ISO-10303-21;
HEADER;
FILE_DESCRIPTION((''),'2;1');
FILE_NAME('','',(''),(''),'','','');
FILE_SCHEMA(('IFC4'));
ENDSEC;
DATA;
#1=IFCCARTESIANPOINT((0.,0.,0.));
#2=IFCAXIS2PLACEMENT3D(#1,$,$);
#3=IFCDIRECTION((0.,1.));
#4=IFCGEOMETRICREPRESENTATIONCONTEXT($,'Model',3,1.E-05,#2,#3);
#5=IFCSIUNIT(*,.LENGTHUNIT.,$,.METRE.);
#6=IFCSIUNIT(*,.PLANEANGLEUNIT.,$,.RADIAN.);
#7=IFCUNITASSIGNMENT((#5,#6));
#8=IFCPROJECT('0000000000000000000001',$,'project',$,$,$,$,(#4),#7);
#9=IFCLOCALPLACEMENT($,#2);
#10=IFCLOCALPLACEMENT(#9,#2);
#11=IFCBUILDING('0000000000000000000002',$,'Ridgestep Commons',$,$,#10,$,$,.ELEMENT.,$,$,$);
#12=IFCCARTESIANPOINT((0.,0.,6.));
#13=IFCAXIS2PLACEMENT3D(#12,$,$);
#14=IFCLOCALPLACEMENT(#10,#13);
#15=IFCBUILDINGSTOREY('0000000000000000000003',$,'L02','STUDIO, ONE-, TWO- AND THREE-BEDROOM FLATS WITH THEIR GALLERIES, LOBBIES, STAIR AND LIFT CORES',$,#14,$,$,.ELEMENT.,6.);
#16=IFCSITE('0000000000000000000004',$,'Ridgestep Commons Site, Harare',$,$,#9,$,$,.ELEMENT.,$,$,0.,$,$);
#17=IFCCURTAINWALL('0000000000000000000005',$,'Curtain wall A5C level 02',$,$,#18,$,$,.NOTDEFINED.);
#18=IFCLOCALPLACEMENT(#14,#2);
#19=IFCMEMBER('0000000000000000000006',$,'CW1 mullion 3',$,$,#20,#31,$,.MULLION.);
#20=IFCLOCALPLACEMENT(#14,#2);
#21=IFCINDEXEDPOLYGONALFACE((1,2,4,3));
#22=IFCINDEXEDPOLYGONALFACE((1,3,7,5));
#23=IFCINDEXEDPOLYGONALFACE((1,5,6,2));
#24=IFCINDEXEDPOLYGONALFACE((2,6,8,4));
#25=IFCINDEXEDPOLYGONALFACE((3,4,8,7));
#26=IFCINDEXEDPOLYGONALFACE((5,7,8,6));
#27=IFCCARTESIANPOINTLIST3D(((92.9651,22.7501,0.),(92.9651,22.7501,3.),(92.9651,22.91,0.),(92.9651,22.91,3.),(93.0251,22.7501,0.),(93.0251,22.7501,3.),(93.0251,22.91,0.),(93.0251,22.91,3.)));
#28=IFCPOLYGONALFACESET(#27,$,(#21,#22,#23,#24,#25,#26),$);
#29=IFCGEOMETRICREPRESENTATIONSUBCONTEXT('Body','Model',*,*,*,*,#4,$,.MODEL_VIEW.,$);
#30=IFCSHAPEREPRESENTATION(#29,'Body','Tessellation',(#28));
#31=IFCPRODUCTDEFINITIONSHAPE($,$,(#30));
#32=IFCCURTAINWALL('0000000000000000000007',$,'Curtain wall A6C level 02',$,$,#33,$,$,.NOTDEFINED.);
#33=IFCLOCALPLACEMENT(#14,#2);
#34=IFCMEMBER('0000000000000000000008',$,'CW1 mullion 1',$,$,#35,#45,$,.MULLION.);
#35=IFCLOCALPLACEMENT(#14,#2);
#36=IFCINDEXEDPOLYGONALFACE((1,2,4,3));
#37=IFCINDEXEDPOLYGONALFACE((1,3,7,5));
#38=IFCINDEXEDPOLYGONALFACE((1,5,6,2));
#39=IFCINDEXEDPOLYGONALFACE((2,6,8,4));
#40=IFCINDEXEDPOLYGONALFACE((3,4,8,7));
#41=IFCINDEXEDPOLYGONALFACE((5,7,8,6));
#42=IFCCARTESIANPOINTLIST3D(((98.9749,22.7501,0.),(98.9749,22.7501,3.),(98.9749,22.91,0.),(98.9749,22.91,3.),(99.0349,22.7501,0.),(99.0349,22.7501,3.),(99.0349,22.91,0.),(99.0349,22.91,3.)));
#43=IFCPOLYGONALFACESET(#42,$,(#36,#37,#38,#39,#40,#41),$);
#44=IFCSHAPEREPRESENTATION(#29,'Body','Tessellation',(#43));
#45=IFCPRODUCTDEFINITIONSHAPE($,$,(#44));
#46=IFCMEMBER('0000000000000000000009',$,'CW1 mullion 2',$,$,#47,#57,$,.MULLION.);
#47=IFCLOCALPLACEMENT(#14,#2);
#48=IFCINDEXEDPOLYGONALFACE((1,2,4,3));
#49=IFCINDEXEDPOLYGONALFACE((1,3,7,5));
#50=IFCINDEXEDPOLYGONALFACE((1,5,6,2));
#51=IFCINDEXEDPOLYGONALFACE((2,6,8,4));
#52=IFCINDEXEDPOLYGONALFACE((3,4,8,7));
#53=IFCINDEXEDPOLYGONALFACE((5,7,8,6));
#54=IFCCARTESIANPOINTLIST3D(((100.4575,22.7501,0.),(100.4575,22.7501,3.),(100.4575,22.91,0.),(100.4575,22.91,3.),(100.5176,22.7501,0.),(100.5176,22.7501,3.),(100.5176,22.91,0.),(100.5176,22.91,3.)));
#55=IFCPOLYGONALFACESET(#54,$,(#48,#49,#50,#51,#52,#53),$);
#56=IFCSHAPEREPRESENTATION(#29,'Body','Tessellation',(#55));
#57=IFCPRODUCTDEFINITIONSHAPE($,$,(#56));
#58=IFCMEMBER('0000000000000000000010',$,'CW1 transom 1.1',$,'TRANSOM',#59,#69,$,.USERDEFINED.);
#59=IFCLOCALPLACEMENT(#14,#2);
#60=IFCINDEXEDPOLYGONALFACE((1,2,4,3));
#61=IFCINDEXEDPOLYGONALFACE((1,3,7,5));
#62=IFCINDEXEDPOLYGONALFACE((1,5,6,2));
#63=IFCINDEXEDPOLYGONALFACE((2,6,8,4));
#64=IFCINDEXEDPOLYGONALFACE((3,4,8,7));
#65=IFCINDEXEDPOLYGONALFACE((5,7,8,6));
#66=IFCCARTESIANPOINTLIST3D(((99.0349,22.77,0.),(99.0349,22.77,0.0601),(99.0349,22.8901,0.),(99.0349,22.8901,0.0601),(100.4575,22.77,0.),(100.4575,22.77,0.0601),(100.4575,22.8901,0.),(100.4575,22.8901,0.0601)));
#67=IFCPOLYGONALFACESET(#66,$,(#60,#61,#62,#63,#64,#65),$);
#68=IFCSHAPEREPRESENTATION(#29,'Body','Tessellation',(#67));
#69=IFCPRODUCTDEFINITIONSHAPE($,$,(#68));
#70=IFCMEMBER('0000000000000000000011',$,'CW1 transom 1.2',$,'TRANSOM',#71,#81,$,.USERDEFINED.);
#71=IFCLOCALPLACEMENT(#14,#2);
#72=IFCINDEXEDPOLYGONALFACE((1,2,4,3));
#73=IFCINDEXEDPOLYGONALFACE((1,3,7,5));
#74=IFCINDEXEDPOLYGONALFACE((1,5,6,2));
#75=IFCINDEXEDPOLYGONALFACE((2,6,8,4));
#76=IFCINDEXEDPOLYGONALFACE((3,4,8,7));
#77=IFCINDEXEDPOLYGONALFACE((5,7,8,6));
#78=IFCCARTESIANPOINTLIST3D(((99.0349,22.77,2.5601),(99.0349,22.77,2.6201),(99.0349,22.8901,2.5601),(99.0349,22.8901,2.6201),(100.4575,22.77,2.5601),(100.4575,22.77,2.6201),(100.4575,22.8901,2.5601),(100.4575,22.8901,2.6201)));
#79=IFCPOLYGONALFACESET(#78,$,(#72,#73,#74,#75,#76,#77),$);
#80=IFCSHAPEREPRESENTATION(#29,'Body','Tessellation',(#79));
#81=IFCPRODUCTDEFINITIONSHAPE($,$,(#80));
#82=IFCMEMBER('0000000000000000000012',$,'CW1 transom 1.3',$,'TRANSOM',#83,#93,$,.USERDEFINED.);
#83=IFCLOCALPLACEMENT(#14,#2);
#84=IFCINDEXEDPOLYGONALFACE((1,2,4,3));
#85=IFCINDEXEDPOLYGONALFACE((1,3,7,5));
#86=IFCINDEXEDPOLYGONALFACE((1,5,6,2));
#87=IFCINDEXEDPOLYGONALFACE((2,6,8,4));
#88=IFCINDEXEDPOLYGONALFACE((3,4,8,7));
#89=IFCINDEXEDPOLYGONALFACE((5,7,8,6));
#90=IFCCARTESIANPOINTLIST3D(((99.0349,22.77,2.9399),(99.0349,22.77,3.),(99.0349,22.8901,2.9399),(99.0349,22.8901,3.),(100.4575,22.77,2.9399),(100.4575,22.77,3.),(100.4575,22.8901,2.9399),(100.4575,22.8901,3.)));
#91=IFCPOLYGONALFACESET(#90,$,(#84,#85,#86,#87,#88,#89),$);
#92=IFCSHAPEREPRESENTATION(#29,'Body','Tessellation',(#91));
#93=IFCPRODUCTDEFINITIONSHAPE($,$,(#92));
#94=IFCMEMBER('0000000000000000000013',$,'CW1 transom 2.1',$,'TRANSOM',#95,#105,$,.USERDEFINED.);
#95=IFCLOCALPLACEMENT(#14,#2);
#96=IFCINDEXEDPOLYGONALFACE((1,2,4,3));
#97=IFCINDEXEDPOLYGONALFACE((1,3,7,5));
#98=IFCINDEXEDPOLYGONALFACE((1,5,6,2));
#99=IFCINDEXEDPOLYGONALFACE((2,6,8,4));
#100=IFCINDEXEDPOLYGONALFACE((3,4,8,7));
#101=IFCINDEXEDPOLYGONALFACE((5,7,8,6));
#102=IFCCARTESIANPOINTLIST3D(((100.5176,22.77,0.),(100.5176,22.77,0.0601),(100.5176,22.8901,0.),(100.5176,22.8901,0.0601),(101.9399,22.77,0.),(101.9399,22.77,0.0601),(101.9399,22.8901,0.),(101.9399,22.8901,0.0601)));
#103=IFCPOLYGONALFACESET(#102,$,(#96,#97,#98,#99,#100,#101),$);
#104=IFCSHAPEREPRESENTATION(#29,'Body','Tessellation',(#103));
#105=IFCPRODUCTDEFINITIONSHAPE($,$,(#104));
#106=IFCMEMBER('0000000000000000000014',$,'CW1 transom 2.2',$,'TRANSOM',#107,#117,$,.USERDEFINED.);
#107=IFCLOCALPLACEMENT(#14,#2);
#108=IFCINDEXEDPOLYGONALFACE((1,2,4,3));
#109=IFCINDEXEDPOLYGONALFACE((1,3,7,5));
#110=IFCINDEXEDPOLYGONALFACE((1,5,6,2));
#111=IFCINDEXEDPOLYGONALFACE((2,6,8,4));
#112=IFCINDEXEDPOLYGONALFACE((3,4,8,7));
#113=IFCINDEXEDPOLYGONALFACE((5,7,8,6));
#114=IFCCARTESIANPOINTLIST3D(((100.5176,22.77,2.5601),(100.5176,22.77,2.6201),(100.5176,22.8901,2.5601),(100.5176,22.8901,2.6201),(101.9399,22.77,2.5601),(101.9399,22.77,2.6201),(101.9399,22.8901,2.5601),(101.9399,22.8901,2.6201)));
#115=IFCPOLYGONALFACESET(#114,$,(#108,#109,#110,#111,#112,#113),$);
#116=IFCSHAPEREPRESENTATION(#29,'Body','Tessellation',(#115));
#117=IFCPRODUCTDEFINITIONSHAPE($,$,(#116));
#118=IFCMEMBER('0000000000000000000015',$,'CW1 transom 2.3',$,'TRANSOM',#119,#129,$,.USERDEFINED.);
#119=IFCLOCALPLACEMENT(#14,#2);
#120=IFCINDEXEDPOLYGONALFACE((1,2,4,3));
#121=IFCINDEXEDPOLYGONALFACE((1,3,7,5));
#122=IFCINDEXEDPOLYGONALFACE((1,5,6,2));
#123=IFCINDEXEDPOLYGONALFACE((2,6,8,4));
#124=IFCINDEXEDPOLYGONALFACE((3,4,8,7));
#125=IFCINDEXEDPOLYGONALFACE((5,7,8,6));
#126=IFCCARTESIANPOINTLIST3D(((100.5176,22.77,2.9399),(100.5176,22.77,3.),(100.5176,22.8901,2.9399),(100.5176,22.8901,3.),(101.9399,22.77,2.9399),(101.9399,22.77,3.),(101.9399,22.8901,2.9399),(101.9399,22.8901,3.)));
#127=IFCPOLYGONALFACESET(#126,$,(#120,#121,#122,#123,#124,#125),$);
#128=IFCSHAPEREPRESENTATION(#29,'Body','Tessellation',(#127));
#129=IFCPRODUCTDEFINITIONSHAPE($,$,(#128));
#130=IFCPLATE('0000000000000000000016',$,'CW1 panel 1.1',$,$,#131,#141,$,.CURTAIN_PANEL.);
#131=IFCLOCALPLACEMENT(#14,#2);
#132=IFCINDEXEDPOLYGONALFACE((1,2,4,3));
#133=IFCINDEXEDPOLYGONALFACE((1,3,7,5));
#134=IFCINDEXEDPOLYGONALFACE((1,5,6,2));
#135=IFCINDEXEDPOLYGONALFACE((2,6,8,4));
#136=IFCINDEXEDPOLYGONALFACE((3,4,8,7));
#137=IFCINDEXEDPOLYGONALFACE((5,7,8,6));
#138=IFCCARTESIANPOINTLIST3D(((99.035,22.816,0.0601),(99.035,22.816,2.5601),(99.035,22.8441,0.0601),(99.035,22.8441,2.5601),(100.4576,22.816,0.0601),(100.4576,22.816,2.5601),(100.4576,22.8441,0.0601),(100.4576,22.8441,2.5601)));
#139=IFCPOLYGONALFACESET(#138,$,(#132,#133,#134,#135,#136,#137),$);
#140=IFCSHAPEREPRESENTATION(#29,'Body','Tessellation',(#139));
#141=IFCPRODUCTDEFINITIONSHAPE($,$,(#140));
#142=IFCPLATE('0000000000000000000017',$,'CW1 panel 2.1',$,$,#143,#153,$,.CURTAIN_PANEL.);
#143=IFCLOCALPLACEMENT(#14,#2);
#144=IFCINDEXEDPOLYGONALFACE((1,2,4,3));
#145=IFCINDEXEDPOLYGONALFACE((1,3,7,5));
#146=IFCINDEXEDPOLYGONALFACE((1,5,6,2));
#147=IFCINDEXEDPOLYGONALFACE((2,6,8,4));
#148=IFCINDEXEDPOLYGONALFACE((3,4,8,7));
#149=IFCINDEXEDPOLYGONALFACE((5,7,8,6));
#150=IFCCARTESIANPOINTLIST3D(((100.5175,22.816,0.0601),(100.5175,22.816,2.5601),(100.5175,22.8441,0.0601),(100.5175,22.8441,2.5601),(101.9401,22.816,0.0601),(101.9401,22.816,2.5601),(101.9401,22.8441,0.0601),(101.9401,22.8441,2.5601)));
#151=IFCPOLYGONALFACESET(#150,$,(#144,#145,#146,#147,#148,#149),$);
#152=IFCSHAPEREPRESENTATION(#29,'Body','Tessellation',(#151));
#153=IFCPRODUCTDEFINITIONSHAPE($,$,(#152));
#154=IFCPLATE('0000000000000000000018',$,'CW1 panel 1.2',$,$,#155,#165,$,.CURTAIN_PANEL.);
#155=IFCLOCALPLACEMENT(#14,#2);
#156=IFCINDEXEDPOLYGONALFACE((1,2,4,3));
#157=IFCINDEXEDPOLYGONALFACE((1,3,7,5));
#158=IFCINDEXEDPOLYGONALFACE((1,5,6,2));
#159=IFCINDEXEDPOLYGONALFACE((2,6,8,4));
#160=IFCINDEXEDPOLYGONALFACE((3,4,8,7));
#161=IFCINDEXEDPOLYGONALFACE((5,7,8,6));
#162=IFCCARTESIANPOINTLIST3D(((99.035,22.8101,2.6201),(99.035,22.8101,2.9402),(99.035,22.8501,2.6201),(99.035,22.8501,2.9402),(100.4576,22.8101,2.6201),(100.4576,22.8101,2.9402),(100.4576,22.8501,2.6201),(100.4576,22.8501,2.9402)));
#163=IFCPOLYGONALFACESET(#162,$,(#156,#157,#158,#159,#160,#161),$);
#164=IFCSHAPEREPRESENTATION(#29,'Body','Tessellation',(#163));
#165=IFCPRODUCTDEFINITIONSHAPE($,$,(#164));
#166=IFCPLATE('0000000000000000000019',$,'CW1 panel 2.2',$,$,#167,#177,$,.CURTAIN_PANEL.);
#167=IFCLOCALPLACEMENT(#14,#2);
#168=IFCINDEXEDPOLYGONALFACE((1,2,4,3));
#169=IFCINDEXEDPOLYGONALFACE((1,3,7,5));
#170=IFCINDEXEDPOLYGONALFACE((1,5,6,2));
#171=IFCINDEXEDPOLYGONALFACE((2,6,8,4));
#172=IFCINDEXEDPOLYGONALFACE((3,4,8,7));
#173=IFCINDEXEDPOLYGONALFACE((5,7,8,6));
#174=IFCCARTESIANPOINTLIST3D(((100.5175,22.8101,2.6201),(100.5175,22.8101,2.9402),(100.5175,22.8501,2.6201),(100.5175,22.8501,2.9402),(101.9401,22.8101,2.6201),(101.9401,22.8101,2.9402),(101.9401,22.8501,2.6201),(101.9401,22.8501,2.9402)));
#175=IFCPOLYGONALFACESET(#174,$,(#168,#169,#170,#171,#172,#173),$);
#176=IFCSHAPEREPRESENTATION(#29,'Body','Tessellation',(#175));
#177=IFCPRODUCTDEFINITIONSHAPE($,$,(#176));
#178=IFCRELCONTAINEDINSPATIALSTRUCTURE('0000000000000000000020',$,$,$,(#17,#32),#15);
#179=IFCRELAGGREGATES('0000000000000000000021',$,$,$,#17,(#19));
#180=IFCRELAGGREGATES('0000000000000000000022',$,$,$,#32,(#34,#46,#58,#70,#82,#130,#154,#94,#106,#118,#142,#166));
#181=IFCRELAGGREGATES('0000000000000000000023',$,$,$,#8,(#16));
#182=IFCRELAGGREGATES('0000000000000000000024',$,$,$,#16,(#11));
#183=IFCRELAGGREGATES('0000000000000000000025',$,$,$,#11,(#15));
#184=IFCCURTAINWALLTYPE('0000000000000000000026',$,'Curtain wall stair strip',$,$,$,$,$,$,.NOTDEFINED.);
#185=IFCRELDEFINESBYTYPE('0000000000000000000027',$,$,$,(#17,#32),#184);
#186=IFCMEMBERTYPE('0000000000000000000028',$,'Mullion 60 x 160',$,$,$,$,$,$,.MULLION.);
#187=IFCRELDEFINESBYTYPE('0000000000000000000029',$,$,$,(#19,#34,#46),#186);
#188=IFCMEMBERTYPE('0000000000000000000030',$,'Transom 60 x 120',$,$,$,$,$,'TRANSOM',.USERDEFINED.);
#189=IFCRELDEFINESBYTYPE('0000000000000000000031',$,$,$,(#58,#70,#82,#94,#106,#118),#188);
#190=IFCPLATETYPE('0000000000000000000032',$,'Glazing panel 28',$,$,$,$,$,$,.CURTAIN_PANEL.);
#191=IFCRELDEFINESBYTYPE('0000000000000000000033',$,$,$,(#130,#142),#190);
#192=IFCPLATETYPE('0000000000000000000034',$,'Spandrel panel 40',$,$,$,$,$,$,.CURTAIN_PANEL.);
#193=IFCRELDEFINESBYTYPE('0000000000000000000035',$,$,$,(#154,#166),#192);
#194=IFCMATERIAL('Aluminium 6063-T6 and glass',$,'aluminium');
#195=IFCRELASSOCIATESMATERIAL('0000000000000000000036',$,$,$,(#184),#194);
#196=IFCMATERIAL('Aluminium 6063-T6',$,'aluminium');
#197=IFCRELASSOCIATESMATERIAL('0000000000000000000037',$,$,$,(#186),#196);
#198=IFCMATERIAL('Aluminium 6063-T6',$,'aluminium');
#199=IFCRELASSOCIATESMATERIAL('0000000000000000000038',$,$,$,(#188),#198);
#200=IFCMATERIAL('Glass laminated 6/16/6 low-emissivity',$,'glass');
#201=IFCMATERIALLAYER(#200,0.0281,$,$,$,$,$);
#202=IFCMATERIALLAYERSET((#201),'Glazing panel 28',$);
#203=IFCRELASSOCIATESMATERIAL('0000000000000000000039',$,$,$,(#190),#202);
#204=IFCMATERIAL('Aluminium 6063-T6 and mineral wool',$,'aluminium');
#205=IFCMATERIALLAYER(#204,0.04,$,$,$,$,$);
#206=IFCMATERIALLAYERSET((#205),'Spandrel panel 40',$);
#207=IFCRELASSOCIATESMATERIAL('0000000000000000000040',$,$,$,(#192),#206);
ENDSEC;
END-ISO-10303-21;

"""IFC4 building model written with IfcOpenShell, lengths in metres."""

from ifc_helpers import new_model, si_unit, direction, frame, origin, origin_2d, place, context, subcontext, project, spatial, rectangle, extrude, material, layer, layer_set, material_profile, profile_set, type_object, element, aggregate, save


model = new_model("IFC4")

# Units and contexts
model_context = context("Model", 3, precision=1e-05, world=origin(), true_north=direction((0.0, 1.0)))
body_context = subcontext(model_context, "Body", "Model", "MODEL_VIEW")
ifc_project = project(units=[si_unit("LENGTHUNIT", "METRE"), si_unit("PLANEANGLEUNIT", "RADIAN")], contexts=[model_context])

# Site, building, storey
site_placement = place(None, origin())
site = spatial("IfcSite", under=ifc_project, at=site_placement, Name="Ridgestep Commons Site, Harare", CompositionType="ELEMENT", RefElevation=0.0)
building_placement = place(site_placement, origin())
building = spatial("IfcBuilding", under=site, at=building_placement, Name="Ridgestep Commons", CompositionType="ELEMENT")
storey_placement = place(building_placement, frame((0.0, 0.0, 6.0)))
storey = spatial("IfcBuildingStorey", under=building, at=storey_placement, Name="L02", Description="STUDIO, ONE-, TWO- AND THREE-BEDROOM FLATS WITH THEIR GALLERIES, LOBBIES, STAIR AND LIFT CORES", CompositionType="ELEMENT", Elevation=6.0)

# Curtain wall, member
ifc_material_1 = material(Name="Aluminium 6063-T6 and glass", Category="aluminium")
curtain_wall_type = type_object("IfcCurtainWallType", Name="Curtain wall stair strip", PredefinedType="NOTDEFINED", material=ifc_material_1)
curtain_wall_1_placement = place(storey_placement, origin())
curtain_wall_1 = element("IfcCurtainWall", 1, at=curtain_wall_1_placement, inside=storey, type_object=curtain_wall_type, Name="Curtain wall A5C level 02", PredefinedType="NOTDEFINED")
ifc_material_2 = material(Name="Aluminium 6063-T6", Category="aluminium")
ifc_material_profile_1 = material_profile(ifc_material_2, rectangle(XDim=0.1599, YDim=0.0601, at=origin_2d()), Name="Mullion 60 x 160")
ifc_profile_set_1 = profile_set([ifc_material_profile_1], Name="Aluminium 6063-T6")
member_type_1 = type_object("IfcMemberType", Name="Mullion 60 x 160", PredefinedType="MULLION", material=ifc_profile_set_1)
member_1_placement = place(storey_placement, frame((92.9951, 22.8301, 0.0), z_axis=(0.0, 0.0, 1.0), x_axis=(0.0, 1.0, 0.0)))
member_1 = element("IfcMember", 2, at=member_1_placement, type_object=member_type_1, Name="CW1 mullion 3", PredefinedType="MULLION", context=body_context, shape_type="SweptSolid", body=[
    extrude(rectangle(XDim=0.1599, YDim=0.0601, at=origin_2d()), origin(), (0.0, 0.0, 1.0), 3.0),
])
aggregate(curtain_wall_1, [member_1])

# Curtain wall, members, plates
curtain_wall_2_placement = place(storey_placement, origin())
curtain_wall_2 = element("IfcCurtainWall", 3, at=curtain_wall_2_placement, inside=storey, type_object=curtain_wall_type, Name="Curtain wall A6C level 02", PredefinedType="NOTDEFINED")
member_2_placement = place(storey_placement, frame((99.0049, 22.8301, 0.0), z_axis=(0.0, 0.0, 1.0), x_axis=(0.0, 1.0, 0.0)))
member_2 = element("IfcMember", 4, at=member_2_placement, type_object=member_type_1, Name="CW1 mullion 1", PredefinedType="MULLION", context=body_context, shape_type="SweptSolid", body=[
    extrude(rectangle(XDim=0.1599, YDim=0.0601, at=origin_2d()), origin(), (0.0, 0.0, 1.0), 3.0),
])
member_3_placement = place(storey_placement, frame((100.4875, 22.8301, 0.0), z_axis=(0.0, 0.0, 1.0), x_axis=(0.0, 1.0, 0.0)))
member_3 = element("IfcMember", 5, at=member_3_placement, type_object=member_type_1, Name="CW1 mullion 2", PredefinedType="MULLION", context=body_context, shape_type="SweptSolid", body=[
    extrude(rectangle(XDim=0.1599, YDim=0.0601, at=origin_2d()), origin(), (0.0, 0.0, 1.0), 3.0),
])
ifc_material_3 = material(Name="Aluminium 6063-T6", Category="aluminium")
ifc_material_profile_2 = material_profile(ifc_material_3, rectangle(XDim=0.1201, YDim=0.0601, at=origin_2d()), Name="Transom 60 x 120")
ifc_profile_set_2 = profile_set([ifc_material_profile_2], Name="Aluminium 6063-T6")
member_type_2 = type_object("IfcMemberType", Name="Transom 60 x 120", ElementType="TRANSOM", PredefinedType="USERDEFINED", material=ifc_profile_set_2)
member_4_placement = place(storey_placement, frame((99.0349, 22.8301, 0.03), z_axis=(1.0, 0.0, 0.0), x_axis=(0.0, 1.0, 0.0)))
member_4 = element("IfcMember", 6, at=member_4_placement, type_object=member_type_2, Name="CW1 transom 1.1", ObjectType="TRANSOM", PredefinedType="USERDEFINED", context=body_context, shape_type="SweptSolid", body=[
    extrude(rectangle(XDim=0.1201, YDim=0.0601, at=origin_2d()), origin(), (0.0, 0.0, 1.0), 1.4226),
])
member_5_placement = place(storey_placement, frame((99.0349, 22.8301, 2.5901), z_axis=(1.0, 0.0, 0.0), x_axis=(0.0, 1.0, 0.0)))
member_5 = element("IfcMember", 7, at=member_5_placement, type_object=member_type_2, Name="CW1 transom 1.2", ObjectType="TRANSOM", PredefinedType="USERDEFINED", context=body_context, shape_type="SweptSolid", body=[
    extrude(rectangle(XDim=0.1201, YDim=0.0601, at=origin_2d()), origin(), (0.0, 0.0, 1.0), 1.4226),
])
member_6_placement = place(storey_placement, frame((99.0349, 22.8301, 2.97), z_axis=(1.0, 0.0, 0.0), x_axis=(0.0, 1.0, 0.0)))
member_6 = element("IfcMember", 8, at=member_6_placement, type_object=member_type_2, Name="CW1 transom 1.3", ObjectType="TRANSOM", PredefinedType="USERDEFINED", context=body_context, shape_type="SweptSolid", body=[
    extrude(rectangle(XDim=0.1201, YDim=0.0601, at=origin_2d()), origin(), (0.0, 0.0, 1.0), 1.4226),
])
member_7_placement = place(storey_placement, frame((100.5176, 22.8301, 0.03), z_axis=(1.0, 0.0, 0.0), x_axis=(0.0, 1.0, 0.0)))
member_7 = element("IfcMember", 9, at=member_7_placement, type_object=member_type_2, Name="CW1 transom 2.1", ObjectType="TRANSOM", PredefinedType="USERDEFINED", context=body_context, shape_type="SweptSolid", body=[
    extrude(rectangle(XDim=0.1201, YDim=0.0601, at=origin_2d()), origin(), (0.0, 0.0, 1.0), 1.4224),
])
member_8_placement = place(storey_placement, frame((100.5176, 22.8301, 2.5901), z_axis=(1.0, 0.0, 0.0), x_axis=(0.0, 1.0, 0.0)))
member_8 = element("IfcMember", 10, at=member_8_placement, type_object=member_type_2, Name="CW1 transom 2.2", ObjectType="TRANSOM", PredefinedType="USERDEFINED", context=body_context, shape_type="SweptSolid", body=[
    extrude(rectangle(XDim=0.1201, YDim=0.0601, at=origin_2d()), origin(), (0.0, 0.0, 1.0), 1.4224),
])
member_9_placement = place(storey_placement, frame((100.5176, 22.8301, 2.97), z_axis=(1.0, 0.0, 0.0), x_axis=(0.0, 1.0, 0.0)))
member_9 = element("IfcMember", 11, at=member_9_placement, type_object=member_type_2, Name="CW1 transom 2.3", ObjectType="TRANSOM", PredefinedType="USERDEFINED", context=body_context, shape_type="SweptSolid", body=[
    extrude(rectangle(XDim=0.1201, YDim=0.0601, at=origin_2d()), origin(), (0.0, 0.0, 1.0), 1.4224),
])
ifc_material_4 = material(Name="Glass laminated 6/16/6 low-emissivity", Category="glass")
ifc_layer_1 = layer(ifc_material_4, 0.0281)
ifc_layer_set_1 = layer_set([ifc_layer_1], Name="Glazing panel 28")
plate_type_1 = type_object("IfcPlateType", Name="Glazing panel 28", PredefinedType="CURTAIN_PANEL", material=ifc_layer_set_1)
plate_1_placement = place(storey_placement, frame((99.7463, 22.8301, 0.0601), z_axis=(0.0, 0.0, 1.0), x_axis=(1.0, 0.0, 0.0)))
plate_1 = element("IfcPlate", 12, at=plate_1_placement, type_object=plate_type_1, Name="CW1 panel 1.1", PredefinedType="CURTAIN_PANEL", context=body_context, shape_type="SweptSolid", body=[
    extrude(rectangle(XDim=1.4226, YDim=0.0281, at=origin_2d()), origin(), (0.0, 0.0, 1.0), 2.5),
])
plate_2_placement = place(storey_placement, frame((101.2288, 22.8301, 0.0601), z_axis=(0.0, 0.0, 1.0), x_axis=(1.0, 0.0, 0.0)))
plate_2 = element("IfcPlate", 13, at=plate_2_placement, type_object=plate_type_1, Name="CW1 panel 2.1", PredefinedType="CURTAIN_PANEL", context=body_context, shape_type="SweptSolid", body=[
    extrude(rectangle(XDim=1.4226, YDim=0.0281, at=origin_2d()), origin(), (0.0, 0.0, 1.0), 2.5),
])
ifc_material_5 = material(Name="Aluminium 6063-T6 and mineral wool", Category="aluminium")
ifc_layer_2 = layer(ifc_material_5, 0.04)
ifc_layer_set_2 = layer_set([ifc_layer_2], Name="Spandrel panel 40")
plate_type_2 = type_object("IfcPlateType", Name="Spandrel panel 40", PredefinedType="CURTAIN_PANEL", material=ifc_layer_set_2)
plate_3_placement = place(storey_placement, frame((99.7463, 22.8301, 2.6201), z_axis=(0.0, 0.0, 1.0), x_axis=(1.0, 0.0, 0.0)))
plate_3 = element("IfcPlate", 14, at=plate_3_placement, type_object=plate_type_2, Name="CW1 panel 1.2", PredefinedType="CURTAIN_PANEL", context=body_context, shape_type="SweptSolid", body=[
    extrude(rectangle(XDim=1.4226, YDim=0.04, at=origin_2d()), origin(), (0.0, 0.0, 1.0), 0.3201),
])
plate_4_placement = place(storey_placement, frame((101.2288, 22.8301, 2.6201), z_axis=(0.0, 0.0, 1.0), x_axis=(1.0, 0.0, 0.0)))
plate_4 = element("IfcPlate", 15, at=plate_4_placement, type_object=plate_type_2, Name="CW1 panel 2.2", PredefinedType="CURTAIN_PANEL", context=body_context, shape_type="SweptSolid", body=[
    extrude(rectangle(XDim=1.4226, YDim=0.04, at=origin_2d()), origin(), (0.0, 0.0, 1.0), 0.3201),
])
aggregate(curtain_wall_2, [member_2, member_3, member_4, member_5, member_6, plate_1, plate_3, member_7, member_8, member_9, plate_2, plate_4])

save(model, "model.ifc")
